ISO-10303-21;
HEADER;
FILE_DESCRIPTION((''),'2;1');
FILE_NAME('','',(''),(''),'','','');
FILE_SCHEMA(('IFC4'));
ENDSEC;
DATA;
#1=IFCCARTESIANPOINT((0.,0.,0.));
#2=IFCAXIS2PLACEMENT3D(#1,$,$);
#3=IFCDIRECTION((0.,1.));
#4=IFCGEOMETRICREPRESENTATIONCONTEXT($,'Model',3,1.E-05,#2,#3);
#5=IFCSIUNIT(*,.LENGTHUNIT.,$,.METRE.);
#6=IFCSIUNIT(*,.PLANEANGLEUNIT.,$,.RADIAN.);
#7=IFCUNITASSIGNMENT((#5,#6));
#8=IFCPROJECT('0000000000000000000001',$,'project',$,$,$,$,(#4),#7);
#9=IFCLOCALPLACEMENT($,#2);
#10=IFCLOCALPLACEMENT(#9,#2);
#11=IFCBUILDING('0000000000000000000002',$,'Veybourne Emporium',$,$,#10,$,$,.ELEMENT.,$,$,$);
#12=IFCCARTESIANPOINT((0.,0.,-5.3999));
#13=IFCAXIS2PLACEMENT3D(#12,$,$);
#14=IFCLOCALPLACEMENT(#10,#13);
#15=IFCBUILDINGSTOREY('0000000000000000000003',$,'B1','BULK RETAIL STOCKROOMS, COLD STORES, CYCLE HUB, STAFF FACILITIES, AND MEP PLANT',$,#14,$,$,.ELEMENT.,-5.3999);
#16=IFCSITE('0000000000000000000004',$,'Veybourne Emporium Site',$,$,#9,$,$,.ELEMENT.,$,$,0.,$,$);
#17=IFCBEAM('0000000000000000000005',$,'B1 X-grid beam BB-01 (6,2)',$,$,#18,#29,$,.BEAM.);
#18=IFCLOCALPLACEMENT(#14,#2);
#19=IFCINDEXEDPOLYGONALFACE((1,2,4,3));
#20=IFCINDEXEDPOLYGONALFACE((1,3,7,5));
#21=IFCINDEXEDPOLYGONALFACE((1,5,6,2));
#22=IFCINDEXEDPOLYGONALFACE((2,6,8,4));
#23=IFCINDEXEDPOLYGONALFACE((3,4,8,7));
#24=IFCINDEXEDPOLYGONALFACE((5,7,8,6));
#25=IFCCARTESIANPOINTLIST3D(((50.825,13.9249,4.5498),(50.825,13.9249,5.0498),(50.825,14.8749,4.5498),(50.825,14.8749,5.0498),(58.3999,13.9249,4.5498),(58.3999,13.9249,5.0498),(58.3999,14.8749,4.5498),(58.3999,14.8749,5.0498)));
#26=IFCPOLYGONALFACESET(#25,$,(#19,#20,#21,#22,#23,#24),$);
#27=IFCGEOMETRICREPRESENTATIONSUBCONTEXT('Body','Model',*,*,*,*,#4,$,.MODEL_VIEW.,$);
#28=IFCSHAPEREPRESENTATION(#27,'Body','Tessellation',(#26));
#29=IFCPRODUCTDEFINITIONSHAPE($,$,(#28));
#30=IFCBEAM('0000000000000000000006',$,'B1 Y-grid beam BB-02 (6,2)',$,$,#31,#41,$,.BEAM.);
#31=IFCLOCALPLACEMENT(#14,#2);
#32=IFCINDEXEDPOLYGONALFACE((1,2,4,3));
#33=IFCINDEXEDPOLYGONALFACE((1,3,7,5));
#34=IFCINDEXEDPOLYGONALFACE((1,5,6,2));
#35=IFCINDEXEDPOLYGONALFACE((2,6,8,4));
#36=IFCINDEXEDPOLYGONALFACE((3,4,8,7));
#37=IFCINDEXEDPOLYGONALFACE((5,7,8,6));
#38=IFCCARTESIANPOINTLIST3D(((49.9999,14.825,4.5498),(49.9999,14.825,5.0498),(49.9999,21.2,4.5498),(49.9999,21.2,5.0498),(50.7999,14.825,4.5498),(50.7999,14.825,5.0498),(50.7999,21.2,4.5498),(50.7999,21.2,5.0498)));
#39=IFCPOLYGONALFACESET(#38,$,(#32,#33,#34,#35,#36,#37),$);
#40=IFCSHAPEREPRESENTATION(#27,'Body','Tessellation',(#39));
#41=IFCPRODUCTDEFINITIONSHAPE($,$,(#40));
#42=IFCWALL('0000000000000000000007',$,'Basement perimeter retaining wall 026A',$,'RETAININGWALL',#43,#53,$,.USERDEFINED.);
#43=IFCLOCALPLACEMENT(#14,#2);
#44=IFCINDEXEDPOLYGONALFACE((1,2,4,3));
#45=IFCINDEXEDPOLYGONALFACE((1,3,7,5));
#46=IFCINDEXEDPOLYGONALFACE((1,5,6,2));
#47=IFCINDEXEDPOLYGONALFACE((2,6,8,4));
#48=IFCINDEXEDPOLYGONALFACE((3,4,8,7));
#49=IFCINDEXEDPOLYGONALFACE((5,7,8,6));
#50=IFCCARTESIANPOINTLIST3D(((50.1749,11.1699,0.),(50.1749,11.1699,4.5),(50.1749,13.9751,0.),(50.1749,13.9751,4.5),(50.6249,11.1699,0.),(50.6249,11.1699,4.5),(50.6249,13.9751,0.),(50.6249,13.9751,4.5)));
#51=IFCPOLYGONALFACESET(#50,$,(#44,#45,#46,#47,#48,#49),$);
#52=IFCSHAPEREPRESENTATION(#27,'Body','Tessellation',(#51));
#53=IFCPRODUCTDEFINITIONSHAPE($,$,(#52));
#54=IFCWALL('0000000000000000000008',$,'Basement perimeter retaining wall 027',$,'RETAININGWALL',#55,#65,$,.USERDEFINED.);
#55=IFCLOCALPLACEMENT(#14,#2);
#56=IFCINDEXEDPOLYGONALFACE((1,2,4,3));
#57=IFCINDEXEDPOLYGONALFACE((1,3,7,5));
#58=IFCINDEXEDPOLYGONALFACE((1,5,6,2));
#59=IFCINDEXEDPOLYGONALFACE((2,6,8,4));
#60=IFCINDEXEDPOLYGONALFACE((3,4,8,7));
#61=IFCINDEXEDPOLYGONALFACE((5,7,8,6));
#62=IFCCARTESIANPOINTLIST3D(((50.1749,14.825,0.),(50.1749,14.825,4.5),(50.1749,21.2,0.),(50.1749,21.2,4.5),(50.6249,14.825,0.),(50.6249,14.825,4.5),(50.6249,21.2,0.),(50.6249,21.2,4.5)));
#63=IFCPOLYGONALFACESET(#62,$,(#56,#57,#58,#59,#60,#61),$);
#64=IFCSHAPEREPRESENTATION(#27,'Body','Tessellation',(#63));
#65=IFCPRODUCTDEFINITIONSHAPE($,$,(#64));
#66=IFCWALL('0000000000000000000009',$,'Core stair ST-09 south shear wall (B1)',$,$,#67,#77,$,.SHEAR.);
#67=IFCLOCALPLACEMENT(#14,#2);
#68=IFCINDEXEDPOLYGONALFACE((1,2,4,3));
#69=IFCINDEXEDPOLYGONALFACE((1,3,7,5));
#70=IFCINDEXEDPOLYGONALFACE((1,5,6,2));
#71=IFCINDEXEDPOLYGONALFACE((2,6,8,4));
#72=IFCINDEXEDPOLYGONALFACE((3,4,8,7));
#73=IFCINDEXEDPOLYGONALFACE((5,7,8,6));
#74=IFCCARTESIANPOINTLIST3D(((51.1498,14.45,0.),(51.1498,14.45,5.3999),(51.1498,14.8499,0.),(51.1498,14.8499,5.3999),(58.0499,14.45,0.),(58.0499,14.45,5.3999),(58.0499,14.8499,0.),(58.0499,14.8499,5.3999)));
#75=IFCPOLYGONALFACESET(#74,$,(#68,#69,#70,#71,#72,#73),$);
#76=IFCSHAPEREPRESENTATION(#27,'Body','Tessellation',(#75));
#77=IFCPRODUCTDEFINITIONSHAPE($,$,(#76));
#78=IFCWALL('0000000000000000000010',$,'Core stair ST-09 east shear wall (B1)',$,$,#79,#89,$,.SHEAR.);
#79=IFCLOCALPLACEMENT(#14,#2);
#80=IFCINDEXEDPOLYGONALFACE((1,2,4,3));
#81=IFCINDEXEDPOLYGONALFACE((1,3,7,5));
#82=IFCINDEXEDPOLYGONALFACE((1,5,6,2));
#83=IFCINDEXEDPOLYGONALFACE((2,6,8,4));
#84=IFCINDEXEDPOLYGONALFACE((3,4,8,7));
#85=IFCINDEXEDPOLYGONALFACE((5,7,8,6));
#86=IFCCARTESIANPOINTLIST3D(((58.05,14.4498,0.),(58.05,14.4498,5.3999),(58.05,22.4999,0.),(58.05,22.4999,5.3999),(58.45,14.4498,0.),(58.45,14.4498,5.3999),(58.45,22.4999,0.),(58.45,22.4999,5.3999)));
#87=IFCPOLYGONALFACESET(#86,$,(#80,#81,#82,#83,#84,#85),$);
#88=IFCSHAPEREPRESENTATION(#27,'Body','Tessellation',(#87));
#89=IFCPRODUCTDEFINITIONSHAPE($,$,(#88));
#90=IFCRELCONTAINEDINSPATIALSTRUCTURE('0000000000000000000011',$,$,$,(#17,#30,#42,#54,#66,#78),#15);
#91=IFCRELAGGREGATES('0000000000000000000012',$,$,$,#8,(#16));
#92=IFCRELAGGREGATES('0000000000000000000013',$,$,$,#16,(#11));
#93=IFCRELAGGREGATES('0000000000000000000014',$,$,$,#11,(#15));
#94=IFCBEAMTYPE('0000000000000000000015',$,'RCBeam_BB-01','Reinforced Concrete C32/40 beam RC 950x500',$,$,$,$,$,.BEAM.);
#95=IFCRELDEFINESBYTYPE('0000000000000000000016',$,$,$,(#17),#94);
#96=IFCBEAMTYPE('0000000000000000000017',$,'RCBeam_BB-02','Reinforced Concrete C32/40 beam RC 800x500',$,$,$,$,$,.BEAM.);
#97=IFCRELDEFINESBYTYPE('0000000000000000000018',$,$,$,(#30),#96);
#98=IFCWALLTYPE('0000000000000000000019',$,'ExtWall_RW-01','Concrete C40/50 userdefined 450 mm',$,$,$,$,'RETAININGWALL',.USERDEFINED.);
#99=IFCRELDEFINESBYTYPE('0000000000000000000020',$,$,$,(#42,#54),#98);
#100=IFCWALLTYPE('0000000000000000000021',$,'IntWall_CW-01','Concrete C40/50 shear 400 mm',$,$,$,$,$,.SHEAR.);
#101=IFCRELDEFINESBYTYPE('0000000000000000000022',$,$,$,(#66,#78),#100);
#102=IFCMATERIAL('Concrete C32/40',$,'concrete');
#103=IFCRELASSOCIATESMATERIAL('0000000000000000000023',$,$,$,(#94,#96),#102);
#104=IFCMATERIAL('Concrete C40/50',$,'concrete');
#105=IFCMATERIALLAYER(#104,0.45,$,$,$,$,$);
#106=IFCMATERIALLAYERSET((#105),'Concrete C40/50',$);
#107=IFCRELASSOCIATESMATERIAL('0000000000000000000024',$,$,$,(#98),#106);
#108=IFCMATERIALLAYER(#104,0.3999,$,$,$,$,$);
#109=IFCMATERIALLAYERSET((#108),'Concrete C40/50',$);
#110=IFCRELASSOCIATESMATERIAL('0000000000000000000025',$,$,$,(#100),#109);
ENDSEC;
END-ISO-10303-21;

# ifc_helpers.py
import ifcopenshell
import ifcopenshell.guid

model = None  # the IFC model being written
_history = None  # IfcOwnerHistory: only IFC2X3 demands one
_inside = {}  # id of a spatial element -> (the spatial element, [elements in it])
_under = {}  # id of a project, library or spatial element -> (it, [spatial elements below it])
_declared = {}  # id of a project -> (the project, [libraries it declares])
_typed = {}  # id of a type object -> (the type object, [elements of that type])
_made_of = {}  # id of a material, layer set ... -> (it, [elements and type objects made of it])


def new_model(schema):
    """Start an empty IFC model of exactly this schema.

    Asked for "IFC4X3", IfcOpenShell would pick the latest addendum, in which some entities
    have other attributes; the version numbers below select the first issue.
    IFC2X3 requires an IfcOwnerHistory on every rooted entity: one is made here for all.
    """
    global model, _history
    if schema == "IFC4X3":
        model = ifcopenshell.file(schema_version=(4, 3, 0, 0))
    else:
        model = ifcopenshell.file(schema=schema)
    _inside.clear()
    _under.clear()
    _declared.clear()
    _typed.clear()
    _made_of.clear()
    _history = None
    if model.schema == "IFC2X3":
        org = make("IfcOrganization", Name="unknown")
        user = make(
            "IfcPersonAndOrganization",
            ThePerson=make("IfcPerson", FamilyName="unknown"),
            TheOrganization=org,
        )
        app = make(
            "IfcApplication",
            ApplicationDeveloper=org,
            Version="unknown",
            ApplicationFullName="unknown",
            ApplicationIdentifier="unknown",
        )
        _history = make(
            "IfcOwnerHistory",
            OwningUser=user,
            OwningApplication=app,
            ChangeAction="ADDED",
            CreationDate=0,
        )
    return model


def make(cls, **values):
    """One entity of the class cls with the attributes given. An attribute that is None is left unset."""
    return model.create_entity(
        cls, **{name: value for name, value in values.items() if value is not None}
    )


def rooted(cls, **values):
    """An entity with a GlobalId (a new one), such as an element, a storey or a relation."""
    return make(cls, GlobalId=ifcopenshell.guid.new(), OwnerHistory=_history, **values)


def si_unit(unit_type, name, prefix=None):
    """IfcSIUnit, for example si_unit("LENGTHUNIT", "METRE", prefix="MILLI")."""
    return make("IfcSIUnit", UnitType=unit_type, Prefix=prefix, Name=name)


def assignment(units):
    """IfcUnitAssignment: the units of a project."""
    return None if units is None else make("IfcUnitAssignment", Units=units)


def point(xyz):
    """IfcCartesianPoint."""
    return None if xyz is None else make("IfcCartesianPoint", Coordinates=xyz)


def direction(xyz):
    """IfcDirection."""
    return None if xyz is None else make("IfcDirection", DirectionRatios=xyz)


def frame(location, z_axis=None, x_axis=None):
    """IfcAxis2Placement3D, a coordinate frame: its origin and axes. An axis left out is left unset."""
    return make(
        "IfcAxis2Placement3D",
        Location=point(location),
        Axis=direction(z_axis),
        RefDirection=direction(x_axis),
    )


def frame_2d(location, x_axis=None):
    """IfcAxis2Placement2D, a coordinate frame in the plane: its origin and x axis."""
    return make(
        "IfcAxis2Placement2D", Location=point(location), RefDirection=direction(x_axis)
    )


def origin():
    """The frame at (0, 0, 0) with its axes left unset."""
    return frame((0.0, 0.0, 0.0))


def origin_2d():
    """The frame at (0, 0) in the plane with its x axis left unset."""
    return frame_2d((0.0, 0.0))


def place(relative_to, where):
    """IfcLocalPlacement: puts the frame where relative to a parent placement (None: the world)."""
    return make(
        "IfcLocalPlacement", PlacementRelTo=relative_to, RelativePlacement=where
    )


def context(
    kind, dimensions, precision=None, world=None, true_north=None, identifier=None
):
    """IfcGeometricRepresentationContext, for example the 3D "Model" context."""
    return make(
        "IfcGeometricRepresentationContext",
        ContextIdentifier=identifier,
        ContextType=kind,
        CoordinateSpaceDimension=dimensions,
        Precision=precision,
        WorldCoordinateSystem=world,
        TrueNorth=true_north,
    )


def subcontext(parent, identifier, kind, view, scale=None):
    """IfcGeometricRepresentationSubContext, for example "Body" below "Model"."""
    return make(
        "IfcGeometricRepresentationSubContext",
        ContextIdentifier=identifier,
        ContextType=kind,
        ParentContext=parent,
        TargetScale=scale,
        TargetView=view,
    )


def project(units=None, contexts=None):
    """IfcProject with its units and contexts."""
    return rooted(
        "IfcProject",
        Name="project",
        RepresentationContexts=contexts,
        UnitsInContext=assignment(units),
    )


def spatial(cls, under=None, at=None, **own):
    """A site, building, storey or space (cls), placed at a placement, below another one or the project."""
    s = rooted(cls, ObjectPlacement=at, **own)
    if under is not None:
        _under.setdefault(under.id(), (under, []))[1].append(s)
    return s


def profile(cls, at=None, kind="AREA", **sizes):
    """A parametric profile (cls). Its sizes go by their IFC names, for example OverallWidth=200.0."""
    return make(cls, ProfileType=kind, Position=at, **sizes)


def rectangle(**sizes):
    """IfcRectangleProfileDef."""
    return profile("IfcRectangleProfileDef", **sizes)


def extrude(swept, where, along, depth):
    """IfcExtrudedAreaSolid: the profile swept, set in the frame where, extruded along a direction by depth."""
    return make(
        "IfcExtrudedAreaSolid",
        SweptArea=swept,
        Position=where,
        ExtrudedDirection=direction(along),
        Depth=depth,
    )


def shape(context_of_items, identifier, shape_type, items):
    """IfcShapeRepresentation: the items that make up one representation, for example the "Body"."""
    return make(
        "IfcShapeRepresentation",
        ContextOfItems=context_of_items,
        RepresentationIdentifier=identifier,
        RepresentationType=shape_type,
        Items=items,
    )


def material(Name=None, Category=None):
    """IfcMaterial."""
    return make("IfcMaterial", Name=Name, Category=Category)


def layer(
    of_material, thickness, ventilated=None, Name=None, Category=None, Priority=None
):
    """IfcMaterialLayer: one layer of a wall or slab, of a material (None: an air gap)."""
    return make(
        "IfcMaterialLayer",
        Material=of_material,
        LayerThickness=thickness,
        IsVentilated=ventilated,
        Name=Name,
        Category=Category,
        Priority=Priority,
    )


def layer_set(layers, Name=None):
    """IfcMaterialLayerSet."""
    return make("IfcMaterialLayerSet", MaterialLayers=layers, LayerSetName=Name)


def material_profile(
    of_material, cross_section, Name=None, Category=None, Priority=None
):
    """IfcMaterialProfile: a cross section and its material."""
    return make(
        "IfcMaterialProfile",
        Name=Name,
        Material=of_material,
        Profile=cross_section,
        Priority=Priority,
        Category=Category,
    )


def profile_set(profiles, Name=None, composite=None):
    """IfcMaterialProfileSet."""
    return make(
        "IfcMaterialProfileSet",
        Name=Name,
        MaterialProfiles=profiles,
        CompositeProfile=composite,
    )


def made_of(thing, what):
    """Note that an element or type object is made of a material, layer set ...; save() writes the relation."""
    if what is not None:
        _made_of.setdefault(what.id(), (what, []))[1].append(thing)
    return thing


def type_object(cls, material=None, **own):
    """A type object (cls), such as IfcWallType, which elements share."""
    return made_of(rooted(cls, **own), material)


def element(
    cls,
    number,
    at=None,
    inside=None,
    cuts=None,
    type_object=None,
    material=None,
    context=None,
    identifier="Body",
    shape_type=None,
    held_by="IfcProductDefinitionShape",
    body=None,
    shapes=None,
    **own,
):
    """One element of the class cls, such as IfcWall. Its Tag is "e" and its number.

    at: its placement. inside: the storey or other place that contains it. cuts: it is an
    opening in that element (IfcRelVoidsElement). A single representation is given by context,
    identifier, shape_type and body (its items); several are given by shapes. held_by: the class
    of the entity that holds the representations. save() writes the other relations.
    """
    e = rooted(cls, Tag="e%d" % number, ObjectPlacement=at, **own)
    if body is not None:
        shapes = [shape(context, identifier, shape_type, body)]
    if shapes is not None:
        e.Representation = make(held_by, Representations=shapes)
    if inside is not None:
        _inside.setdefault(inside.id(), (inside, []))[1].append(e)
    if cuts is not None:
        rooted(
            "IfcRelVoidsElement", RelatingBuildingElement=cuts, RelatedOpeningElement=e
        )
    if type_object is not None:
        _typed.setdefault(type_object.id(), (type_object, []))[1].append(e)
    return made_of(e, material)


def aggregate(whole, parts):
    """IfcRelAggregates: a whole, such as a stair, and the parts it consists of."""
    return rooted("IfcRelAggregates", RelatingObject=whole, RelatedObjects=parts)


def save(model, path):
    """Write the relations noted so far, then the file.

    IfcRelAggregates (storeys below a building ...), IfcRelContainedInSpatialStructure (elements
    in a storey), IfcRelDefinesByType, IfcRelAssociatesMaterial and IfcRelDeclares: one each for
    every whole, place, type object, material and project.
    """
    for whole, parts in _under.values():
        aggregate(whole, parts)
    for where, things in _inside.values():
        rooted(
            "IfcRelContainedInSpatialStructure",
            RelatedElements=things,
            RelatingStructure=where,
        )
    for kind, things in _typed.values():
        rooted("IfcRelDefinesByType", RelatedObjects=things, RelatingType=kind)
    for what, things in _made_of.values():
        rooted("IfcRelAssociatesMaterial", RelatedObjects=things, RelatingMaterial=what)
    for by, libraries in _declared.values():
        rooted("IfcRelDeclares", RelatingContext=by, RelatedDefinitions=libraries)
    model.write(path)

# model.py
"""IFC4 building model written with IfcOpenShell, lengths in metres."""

from ifc_helpers import new_model, si_unit, direction, frame, frame_2d, origin, origin_2d, place, context, subcontext, project, spatial, rectangle, extrude, material, layer, layer_set, material_profile, profile_set, type_object, element, save


model = new_model("IFC4")

# Units and contexts
model_context = context("Model", 3, precision=1e-05, world=origin(), true_north=direction((0.0, 1.0)))
body_context = subcontext(model_context, "Body", "Model", "MODEL_VIEW")
ifc_project = project(units=[si_unit("LENGTHUNIT", "METRE"), si_unit("PLANEANGLEUNIT", "RADIAN")], contexts=[model_context])

# Site, building, storey
site_placement = place(None, origin())
site = spatial("IfcSite", under=ifc_project, at=site_placement, Name="Veybourne Emporium Site", CompositionType="ELEMENT", RefElevation=0.0)
building_placement = place(site_placement, origin())
building = spatial("IfcBuilding", under=site, at=building_placement, Name="Veybourne Emporium", CompositionType="ELEMENT")
storey_placement = place(building_placement, frame((0.0, 0.0, -5.3999)))
storey = spatial("IfcBuildingStorey", under=building, at=storey_placement, Name="B1", Description="BULK RETAIL STOCKROOMS, COLD STORES, CYCLE HUB, STAFF FACILITIES, AND MEP PLANT", CompositionType="ELEMENT", Elevation=-5.3999)

# Shared definitions
ifc_material_1 = material(Name="Concrete C40/50", Category="concrete")

# Beams
ifc_material_2 = material(Name="Concrete C32/40", Category="concrete")
ifc_material_profile_1 = material_profile(ifc_material_2, rectangle(XDim=0.95, YDim=0.5, at=origin_2d()), Name="RC 950x500")
ifc_profile_set_1 = profile_set([ifc_material_profile_1], Name="Concrete C32/40")
beam_type_1 = type_object("IfcBeamType", Name="RCBeam_BB-01", Description="Reinforced Concrete C32/40 beam RC 950x500", PredefinedType="BEAM", material=ifc_profile_set_1)
beam_1_placement = place(storey_placement, frame((50.825, 14.3999, 4.7998), z_axis=(1.0, 0.0, 0.0), x_axis=(0.0, 1.0, 0.0)))
element("IfcBeam", 1, at=beam_1_placement, inside=storey, type_object=beam_type_1, Name="B1 X-grid beam BB-01 (6,2)", PredefinedType="BEAM", context=body_context, shape_type="SweptSolid", body=[
    extrude(rectangle(XDim=0.95, YDim=0.5, at=origin_2d()), origin(), (0.0, 0.0, 1.0), 7.575),
])
ifc_material_profile_2 = material_profile(ifc_material_2, rectangle(XDim=0.8, YDim=0.5, at=origin_2d()), Name="RC 800x500")
ifc_profile_set_2 = profile_set([ifc_material_profile_2], Name="Concrete C32/40")
beam_type_2 = type_object("IfcBeamType", Name="RCBeam_BB-02", Description="Reinforced Concrete C32/40 beam RC 800x500", PredefinedType="BEAM", material=ifc_profile_set_2)
beam_2_placement = place(storey_placement, frame((50.3999, 14.825, 4.7998), z_axis=(0.0, 1.0, 0.0), x_axis=(-1.0, 0.0, 0.0)))
element("IfcBeam", 2, at=beam_2_placement, inside=storey, type_object=beam_type_2, Name="B1 Y-grid beam BB-02 (6,2)", PredefinedType="BEAM", context=body_context, shape_type="SweptSolid", body=[
    extrude(rectangle(XDim=0.8, YDim=0.5, at=origin_2d()), origin(), (0.0, 0.0, 1.0), 6.375),
])

# Walls
ifc_layer_1 = layer(ifc_material_1, 0.45)
ifc_layer_set_1 = layer_set([ifc_layer_1], Name="Concrete C40/50")
wall_type_1 = type_object("IfcWallType", Name="ExtWall_RW-01", Description="Concrete C40/50 userdefined 450 mm", ElementType="RETAININGWALL", PredefinedType="USERDEFINED", material=ifc_layer_set_1)
wall_1_placement = place(storey_placement, frame((50.3999, 13.9751, 0.0), z_axis=(0.0, 0.0, 1.0), x_axis=(0.0, -1.0, 0.0)))
element("IfcWall", 3, at=wall_1_placement, inside=storey, type_object=wall_type_1, Name="Basement perimeter retaining wall 026A", ObjectType="RETAININGWALL", PredefinedType="USERDEFINED", context=body_context, shape_type="SweptSolid", body=[
    extrude(rectangle(XDim=2.8052, YDim=0.45, at=frame_2d((1.4026, 0.0))), origin(), (0.0, 0.0, 1.0), 4.5),
])
wall_2_placement = place(storey_placement, frame((50.3999, 21.2, 0.0), z_axis=(0.0, 0.0, 1.0), x_axis=(0.0, -1.0, 0.0)))
element("IfcWall", 4, at=wall_2_placement, inside=storey, type_object=wall_type_1, Name="Basement perimeter retaining wall 027", ObjectType="RETAININGWALL", PredefinedType="USERDEFINED", context=body_context, shape_type="SweptSolid", body=[
    extrude(rectangle(XDim=6.375, YDim=0.45, at=frame_2d((3.1875, 0.0))), origin(), (0.0, 0.0, 1.0), 4.5),
])
ifc_layer_2 = layer(ifc_material_1, 0.3999)
ifc_layer_set_2 = layer_set([ifc_layer_2], Name="Concrete C40/50")
wall_type_2 = type_object("IfcWallType", Name="IntWall_CW-01", Description="Concrete C40/50 shear 400 mm", PredefinedType="SHEAR", material=ifc_layer_set_2)
wall_3_placement = place(storey_placement, frame((58.05, 14.6499, 0.0), z_axis=(0.0, 0.0, 1.0), x_axis=(-1.0, 0.0, 0.0)))
element("IfcWall", 5, at=wall_3_placement, inside=storey, type_object=wall_type_2, Name="Core stair ST-09 south shear wall (B1)", PredefinedType="SHEAR", context=body_context, shape_type="SweptSolid", body=[
    extrude(rectangle(XDim=6.9001, YDim=0.3999, at=frame_2d((3.4502, 0.0))), origin(), (0.0, 0.0, 1.0), 5.3999),
])
wall_4_placement = place(storey_placement, frame((58.25, 14.45, 0.0), z_axis=(0.0, 0.0, 1.0), x_axis=(0.0, 1.0, 0.0)))
element("IfcWall", 6, at=wall_4_placement, inside=storey, type_object=wall_type_2, Name="Core stair ST-09 east shear wall (B1)", PredefinedType="SHEAR", context=body_context, shape_type="SweptSolid", body=[
    extrude(rectangle(XDim=8.05, YDim=0.3999, at=frame_2d((4.0249, 0.0))), origin(), (0.0, 0.0, 1.0), 5.3999),
])

save(model, "model.ifc")
